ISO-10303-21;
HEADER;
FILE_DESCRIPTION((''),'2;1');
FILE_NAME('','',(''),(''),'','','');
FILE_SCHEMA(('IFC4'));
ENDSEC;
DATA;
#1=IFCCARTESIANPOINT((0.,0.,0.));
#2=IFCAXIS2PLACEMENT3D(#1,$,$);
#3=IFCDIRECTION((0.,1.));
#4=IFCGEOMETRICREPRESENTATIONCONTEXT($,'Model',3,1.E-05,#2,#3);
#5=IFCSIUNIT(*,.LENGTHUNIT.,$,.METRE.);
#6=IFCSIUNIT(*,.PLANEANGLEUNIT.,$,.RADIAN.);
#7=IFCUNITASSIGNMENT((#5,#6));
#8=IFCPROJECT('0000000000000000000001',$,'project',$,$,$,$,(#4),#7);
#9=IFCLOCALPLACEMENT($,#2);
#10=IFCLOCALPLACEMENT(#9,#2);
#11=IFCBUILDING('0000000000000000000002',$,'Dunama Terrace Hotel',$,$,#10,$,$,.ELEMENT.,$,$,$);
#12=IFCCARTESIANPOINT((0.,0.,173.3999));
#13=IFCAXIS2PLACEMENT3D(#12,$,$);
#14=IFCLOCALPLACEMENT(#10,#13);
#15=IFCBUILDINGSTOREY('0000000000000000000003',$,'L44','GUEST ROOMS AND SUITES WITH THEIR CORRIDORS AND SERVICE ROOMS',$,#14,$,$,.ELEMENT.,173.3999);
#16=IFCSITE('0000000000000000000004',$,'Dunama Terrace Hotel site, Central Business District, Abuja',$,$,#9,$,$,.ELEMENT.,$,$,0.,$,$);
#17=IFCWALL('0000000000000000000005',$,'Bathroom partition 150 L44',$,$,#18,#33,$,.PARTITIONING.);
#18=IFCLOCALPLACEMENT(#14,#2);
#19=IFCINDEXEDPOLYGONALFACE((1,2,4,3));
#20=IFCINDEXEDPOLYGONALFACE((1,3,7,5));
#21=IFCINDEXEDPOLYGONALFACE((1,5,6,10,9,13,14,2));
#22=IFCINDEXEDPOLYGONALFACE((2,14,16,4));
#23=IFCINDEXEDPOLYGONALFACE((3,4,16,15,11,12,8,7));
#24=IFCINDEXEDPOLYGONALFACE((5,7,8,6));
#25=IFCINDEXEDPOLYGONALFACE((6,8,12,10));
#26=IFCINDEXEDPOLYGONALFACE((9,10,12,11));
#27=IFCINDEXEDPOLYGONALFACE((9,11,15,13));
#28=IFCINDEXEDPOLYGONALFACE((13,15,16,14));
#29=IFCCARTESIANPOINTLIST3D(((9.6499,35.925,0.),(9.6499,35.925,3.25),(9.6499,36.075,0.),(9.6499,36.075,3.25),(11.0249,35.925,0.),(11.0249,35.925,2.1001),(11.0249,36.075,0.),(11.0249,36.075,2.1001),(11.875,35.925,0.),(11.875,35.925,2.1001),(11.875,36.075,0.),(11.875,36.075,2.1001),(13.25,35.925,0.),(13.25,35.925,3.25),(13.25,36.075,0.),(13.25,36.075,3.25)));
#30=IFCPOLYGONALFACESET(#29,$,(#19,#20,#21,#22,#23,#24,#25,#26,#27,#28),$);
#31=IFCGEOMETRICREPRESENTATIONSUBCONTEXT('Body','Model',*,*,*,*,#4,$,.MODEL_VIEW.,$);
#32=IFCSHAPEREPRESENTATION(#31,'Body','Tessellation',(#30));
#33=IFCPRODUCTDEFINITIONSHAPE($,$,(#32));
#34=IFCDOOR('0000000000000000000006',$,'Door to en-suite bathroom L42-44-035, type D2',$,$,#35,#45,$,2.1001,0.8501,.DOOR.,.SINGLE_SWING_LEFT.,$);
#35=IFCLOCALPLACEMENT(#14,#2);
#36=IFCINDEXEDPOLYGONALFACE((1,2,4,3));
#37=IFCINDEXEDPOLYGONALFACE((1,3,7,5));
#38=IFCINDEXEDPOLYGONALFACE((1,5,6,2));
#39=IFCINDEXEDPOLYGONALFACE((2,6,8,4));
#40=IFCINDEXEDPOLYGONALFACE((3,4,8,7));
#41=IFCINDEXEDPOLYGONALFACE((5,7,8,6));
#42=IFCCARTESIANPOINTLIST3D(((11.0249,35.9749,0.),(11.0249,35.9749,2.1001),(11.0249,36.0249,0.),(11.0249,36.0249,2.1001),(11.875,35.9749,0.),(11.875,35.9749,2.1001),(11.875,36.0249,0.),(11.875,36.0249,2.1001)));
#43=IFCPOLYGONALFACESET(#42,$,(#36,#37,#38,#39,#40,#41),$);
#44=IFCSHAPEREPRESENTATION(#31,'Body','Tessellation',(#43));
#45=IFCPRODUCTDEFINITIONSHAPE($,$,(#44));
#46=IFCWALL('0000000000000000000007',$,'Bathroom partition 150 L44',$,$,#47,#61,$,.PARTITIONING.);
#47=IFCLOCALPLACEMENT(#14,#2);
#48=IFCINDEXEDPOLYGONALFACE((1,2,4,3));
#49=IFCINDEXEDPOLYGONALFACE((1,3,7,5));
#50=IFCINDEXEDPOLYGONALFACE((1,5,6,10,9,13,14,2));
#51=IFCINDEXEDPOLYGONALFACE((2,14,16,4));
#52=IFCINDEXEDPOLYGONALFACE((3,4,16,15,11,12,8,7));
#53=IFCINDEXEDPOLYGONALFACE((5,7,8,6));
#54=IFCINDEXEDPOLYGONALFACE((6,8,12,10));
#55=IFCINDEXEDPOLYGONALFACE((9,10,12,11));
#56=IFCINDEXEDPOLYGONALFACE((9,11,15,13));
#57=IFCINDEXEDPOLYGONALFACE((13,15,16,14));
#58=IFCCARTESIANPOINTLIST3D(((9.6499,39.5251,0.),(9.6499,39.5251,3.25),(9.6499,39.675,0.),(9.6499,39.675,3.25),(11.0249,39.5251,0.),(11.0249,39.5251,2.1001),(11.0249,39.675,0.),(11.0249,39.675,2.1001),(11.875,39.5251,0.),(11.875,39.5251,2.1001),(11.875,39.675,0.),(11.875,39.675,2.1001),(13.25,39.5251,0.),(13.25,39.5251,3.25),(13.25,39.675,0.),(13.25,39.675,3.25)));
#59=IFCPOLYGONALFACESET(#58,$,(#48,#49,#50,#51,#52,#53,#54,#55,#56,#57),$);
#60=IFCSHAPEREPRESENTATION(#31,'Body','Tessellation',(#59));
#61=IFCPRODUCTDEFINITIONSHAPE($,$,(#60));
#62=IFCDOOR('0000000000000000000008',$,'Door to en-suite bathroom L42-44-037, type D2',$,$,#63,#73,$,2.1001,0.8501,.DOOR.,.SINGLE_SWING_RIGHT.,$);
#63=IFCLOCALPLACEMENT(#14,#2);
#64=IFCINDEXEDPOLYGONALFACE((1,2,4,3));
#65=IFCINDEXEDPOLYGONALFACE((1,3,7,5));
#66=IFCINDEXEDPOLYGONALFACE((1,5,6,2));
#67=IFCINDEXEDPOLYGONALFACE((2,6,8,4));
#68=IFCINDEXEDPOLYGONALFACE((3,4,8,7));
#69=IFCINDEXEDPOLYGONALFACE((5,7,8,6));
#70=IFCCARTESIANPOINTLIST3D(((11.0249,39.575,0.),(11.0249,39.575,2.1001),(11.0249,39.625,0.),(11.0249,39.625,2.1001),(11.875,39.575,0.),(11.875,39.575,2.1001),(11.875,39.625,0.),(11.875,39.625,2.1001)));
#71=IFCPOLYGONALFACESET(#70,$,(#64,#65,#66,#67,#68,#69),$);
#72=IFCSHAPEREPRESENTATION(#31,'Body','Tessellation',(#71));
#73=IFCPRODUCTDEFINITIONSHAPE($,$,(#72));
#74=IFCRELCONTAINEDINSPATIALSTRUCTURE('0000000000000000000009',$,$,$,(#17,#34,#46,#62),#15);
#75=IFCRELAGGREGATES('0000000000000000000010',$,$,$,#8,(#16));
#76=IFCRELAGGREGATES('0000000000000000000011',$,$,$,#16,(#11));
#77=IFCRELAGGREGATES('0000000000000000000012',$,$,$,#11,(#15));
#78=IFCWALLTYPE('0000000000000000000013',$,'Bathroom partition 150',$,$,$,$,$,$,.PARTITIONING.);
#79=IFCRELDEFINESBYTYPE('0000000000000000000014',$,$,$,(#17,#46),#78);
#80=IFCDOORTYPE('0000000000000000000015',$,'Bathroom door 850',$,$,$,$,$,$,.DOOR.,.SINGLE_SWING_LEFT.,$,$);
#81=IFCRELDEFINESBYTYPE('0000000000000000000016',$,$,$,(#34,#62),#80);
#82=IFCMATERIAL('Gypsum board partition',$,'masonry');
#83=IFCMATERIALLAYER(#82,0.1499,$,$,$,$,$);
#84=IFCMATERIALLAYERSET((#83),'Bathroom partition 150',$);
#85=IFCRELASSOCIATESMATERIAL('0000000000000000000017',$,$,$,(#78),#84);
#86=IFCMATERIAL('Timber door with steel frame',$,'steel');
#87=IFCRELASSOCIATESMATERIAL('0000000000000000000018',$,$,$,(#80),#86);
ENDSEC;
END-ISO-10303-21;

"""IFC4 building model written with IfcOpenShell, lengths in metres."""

from ifc_helpers import new_model, si_unit, direction, frame, frame_2d, origin, place, context, subcontext, project, spatial, rectangle, extrude, material, layer, layer_set, type_object, element, fill, save


model = new_model("IFC4")

# Units and contexts
model_context = context("Model", 3, precision=1e-05, world=origin(), true_north=direction((0.0, 1.0)))
body_context = subcontext(model_context, "Body", "Model", "MODEL_VIEW")
ifc_project = project(units=[si_unit("LENGTHUNIT", "METRE"), si_unit("PLANEANGLEUNIT", "RADIAN")], contexts=[model_context])

# Site, building, storey
site_placement = place(None, origin())
site = spatial("IfcSite", under=ifc_project, at=site_placement, Name="Dunama Terrace Hotel site, Central Business District, Abuja", CompositionType="ELEMENT", RefElevation=0.0)
building_placement = place(site_placement, origin())
building = spatial("IfcBuilding", under=site, at=building_placement, Name="Dunama Terrace Hotel", CompositionType="ELEMENT")
storey_placement = place(building_placement, frame((0.0, 0.0, 173.3999)))
storey = spatial("IfcBuildingStorey", under=building, at=storey_placement, Name="L44", Description="GUEST ROOMS AND SUITES WITH THEIR CORRIDORS AND SERVICE ROOMS", CompositionType="ELEMENT", Elevation=173.3999)

# Shared definitions
ifc_material_1 = material(Name="Gypsum board partition", Category="masonry")
ifc_layer = layer(ifc_material_1, 0.1499)
ifc_layer_set = layer_set([ifc_layer], Name="Bathroom partition 150")
wall_type = type_object("IfcWallType", Name="Bathroom partition 150", PredefinedType="PARTITIONING", material=ifc_layer_set)

# Walls, openings, doors
ifc_material_2 = material(Name="Timber door with steel frame", Category="steel")
door_type = type_object("IfcDoorType", Name="Bathroom door 850", OperationType="SINGLE_SWING_LEFT", PredefinedType="DOOR", material=ifc_material_2)
wall_1_placement = place(storey_placement, frame((9.6499, 36.0, 0.0), z_axis=(0.0, 0.0, 1.0), x_axis=(1.0, 0.0, 0.0)))
wall_1 = element("IfcWall", 1, at=wall_1_placement, inside=storey, type_object=wall_type, Name="Bathroom partition 150 L44", PredefinedType="PARTITIONING", context=body_context, shape_type="SweptSolid", body=[
    extrude(rectangle(XDim=3.6001, YDim=0.1499, at=frame_2d((1.8, 0.0))), origin(), (0.0, 0.0, 1.0), 3.25),
])
opening_1_placement = place(wall_1_placement, frame((1.375, 0.0, 0.0)))
opening_1 = element("IfcOpeningElement", 2, at=opening_1_placement, cuts=wall_1, PredefinedType="OPENING", context=body_context, shape_type="SweptSolid", body=[
    extrude(rectangle(XDim=0.8501, YDim=2.1001, at=frame_2d((0.425, 1.05))), frame((0.0, 0.085, 0.0), z_axis=(0.0, -1.0, 0.0), x_axis=(1.0, 0.0, 0.0)), (0.0, 0.0, 1.0), 0.1699),
])
door_1_placement = place(opening_1_placement, frame((0.8501, 0.0, 0.0), z_axis=(0.0, 0.0, 1.0), x_axis=(-1.0, 0.0, 0.0)))
door_1 = element("IfcDoor", 3, at=door_1_placement, inside=storey, type_object=door_type, Name="Door to en-suite bathroom L42-44-035, type D2", OperationType="SINGLE_SWING_LEFT", OverallHeight=2.1001, OverallWidth=0.8501, PredefinedType="DOOR", context=body_context, shape_type="SweptSolid", body=[
    extrude(rectangle(XDim=0.8501, YDim=2.1001, at=frame_2d((0.425, 1.05))), frame((0.0, 0.0251, 0.0), z_axis=(0.0, -1.0, 0.0), x_axis=(1.0, 0.0, 0.0)), (0.0, 0.0, 1.0), 0.05),
])
fill(opening_1, door_1)
wall_2_placement = place(storey_placement, frame((9.6499, 39.6001, 0.0), z_axis=(0.0, 0.0, 1.0), x_axis=(1.0, 0.0, 0.0)))
wall_2 = element("IfcWall", 4, at=wall_2_placement, inside=storey, type_object=wall_type, Name="Bathroom partition 150 L44", PredefinedType="PARTITIONING", context=body_context, shape_type="SweptSolid", body=[
    extrude(rectangle(XDim=3.6001, YDim=0.1499, at=frame_2d((1.8, 0.0))), origin(), (0.0, 0.0, 1.0), 3.25),
])
opening_2_placement = place(wall_2_placement, frame((1.375, 0.0, 0.0)))
opening_2 = element("IfcOpeningElement", 5, at=opening_2_placement, cuts=wall_2, PredefinedType="OPENING", context=body_context, shape_type="SweptSolid", body=[
    extrude(rectangle(XDim=0.8501, YDim=2.1001, at=frame_2d((0.425, 1.05))), frame((0.0, 0.085, 0.0), z_axis=(0.0, -1.0, 0.0), x_axis=(1.0, 0.0, 0.0)), (0.0, 0.0, 1.0), 0.1699),
])
door_2_placement = place(opening_2_placement, origin())
door_2 = element("IfcDoor", 6, at=door_2_placement, inside=storey, type_object=door_type, Name="Door to en-suite bathroom L42-44-037, type D2", OperationType="SINGLE_SWING_RIGHT", OverallHeight=2.1001, OverallWidth=0.8501, PredefinedType="DOOR", context=body_context, shape_type="SweptSolid", body=[
    extrude(rectangle(XDim=0.8501, YDim=2.1001, at=frame_2d((0.425, 1.05))), frame((0.0, 0.0249, 0.0), z_axis=(0.0, -1.0, 0.0), x_axis=(1.0, 0.0, 0.0)), (0.0, 0.0, 1.0), 0.05),
])
fill(opening_2, door_2)

save(model, "model.ifc")
